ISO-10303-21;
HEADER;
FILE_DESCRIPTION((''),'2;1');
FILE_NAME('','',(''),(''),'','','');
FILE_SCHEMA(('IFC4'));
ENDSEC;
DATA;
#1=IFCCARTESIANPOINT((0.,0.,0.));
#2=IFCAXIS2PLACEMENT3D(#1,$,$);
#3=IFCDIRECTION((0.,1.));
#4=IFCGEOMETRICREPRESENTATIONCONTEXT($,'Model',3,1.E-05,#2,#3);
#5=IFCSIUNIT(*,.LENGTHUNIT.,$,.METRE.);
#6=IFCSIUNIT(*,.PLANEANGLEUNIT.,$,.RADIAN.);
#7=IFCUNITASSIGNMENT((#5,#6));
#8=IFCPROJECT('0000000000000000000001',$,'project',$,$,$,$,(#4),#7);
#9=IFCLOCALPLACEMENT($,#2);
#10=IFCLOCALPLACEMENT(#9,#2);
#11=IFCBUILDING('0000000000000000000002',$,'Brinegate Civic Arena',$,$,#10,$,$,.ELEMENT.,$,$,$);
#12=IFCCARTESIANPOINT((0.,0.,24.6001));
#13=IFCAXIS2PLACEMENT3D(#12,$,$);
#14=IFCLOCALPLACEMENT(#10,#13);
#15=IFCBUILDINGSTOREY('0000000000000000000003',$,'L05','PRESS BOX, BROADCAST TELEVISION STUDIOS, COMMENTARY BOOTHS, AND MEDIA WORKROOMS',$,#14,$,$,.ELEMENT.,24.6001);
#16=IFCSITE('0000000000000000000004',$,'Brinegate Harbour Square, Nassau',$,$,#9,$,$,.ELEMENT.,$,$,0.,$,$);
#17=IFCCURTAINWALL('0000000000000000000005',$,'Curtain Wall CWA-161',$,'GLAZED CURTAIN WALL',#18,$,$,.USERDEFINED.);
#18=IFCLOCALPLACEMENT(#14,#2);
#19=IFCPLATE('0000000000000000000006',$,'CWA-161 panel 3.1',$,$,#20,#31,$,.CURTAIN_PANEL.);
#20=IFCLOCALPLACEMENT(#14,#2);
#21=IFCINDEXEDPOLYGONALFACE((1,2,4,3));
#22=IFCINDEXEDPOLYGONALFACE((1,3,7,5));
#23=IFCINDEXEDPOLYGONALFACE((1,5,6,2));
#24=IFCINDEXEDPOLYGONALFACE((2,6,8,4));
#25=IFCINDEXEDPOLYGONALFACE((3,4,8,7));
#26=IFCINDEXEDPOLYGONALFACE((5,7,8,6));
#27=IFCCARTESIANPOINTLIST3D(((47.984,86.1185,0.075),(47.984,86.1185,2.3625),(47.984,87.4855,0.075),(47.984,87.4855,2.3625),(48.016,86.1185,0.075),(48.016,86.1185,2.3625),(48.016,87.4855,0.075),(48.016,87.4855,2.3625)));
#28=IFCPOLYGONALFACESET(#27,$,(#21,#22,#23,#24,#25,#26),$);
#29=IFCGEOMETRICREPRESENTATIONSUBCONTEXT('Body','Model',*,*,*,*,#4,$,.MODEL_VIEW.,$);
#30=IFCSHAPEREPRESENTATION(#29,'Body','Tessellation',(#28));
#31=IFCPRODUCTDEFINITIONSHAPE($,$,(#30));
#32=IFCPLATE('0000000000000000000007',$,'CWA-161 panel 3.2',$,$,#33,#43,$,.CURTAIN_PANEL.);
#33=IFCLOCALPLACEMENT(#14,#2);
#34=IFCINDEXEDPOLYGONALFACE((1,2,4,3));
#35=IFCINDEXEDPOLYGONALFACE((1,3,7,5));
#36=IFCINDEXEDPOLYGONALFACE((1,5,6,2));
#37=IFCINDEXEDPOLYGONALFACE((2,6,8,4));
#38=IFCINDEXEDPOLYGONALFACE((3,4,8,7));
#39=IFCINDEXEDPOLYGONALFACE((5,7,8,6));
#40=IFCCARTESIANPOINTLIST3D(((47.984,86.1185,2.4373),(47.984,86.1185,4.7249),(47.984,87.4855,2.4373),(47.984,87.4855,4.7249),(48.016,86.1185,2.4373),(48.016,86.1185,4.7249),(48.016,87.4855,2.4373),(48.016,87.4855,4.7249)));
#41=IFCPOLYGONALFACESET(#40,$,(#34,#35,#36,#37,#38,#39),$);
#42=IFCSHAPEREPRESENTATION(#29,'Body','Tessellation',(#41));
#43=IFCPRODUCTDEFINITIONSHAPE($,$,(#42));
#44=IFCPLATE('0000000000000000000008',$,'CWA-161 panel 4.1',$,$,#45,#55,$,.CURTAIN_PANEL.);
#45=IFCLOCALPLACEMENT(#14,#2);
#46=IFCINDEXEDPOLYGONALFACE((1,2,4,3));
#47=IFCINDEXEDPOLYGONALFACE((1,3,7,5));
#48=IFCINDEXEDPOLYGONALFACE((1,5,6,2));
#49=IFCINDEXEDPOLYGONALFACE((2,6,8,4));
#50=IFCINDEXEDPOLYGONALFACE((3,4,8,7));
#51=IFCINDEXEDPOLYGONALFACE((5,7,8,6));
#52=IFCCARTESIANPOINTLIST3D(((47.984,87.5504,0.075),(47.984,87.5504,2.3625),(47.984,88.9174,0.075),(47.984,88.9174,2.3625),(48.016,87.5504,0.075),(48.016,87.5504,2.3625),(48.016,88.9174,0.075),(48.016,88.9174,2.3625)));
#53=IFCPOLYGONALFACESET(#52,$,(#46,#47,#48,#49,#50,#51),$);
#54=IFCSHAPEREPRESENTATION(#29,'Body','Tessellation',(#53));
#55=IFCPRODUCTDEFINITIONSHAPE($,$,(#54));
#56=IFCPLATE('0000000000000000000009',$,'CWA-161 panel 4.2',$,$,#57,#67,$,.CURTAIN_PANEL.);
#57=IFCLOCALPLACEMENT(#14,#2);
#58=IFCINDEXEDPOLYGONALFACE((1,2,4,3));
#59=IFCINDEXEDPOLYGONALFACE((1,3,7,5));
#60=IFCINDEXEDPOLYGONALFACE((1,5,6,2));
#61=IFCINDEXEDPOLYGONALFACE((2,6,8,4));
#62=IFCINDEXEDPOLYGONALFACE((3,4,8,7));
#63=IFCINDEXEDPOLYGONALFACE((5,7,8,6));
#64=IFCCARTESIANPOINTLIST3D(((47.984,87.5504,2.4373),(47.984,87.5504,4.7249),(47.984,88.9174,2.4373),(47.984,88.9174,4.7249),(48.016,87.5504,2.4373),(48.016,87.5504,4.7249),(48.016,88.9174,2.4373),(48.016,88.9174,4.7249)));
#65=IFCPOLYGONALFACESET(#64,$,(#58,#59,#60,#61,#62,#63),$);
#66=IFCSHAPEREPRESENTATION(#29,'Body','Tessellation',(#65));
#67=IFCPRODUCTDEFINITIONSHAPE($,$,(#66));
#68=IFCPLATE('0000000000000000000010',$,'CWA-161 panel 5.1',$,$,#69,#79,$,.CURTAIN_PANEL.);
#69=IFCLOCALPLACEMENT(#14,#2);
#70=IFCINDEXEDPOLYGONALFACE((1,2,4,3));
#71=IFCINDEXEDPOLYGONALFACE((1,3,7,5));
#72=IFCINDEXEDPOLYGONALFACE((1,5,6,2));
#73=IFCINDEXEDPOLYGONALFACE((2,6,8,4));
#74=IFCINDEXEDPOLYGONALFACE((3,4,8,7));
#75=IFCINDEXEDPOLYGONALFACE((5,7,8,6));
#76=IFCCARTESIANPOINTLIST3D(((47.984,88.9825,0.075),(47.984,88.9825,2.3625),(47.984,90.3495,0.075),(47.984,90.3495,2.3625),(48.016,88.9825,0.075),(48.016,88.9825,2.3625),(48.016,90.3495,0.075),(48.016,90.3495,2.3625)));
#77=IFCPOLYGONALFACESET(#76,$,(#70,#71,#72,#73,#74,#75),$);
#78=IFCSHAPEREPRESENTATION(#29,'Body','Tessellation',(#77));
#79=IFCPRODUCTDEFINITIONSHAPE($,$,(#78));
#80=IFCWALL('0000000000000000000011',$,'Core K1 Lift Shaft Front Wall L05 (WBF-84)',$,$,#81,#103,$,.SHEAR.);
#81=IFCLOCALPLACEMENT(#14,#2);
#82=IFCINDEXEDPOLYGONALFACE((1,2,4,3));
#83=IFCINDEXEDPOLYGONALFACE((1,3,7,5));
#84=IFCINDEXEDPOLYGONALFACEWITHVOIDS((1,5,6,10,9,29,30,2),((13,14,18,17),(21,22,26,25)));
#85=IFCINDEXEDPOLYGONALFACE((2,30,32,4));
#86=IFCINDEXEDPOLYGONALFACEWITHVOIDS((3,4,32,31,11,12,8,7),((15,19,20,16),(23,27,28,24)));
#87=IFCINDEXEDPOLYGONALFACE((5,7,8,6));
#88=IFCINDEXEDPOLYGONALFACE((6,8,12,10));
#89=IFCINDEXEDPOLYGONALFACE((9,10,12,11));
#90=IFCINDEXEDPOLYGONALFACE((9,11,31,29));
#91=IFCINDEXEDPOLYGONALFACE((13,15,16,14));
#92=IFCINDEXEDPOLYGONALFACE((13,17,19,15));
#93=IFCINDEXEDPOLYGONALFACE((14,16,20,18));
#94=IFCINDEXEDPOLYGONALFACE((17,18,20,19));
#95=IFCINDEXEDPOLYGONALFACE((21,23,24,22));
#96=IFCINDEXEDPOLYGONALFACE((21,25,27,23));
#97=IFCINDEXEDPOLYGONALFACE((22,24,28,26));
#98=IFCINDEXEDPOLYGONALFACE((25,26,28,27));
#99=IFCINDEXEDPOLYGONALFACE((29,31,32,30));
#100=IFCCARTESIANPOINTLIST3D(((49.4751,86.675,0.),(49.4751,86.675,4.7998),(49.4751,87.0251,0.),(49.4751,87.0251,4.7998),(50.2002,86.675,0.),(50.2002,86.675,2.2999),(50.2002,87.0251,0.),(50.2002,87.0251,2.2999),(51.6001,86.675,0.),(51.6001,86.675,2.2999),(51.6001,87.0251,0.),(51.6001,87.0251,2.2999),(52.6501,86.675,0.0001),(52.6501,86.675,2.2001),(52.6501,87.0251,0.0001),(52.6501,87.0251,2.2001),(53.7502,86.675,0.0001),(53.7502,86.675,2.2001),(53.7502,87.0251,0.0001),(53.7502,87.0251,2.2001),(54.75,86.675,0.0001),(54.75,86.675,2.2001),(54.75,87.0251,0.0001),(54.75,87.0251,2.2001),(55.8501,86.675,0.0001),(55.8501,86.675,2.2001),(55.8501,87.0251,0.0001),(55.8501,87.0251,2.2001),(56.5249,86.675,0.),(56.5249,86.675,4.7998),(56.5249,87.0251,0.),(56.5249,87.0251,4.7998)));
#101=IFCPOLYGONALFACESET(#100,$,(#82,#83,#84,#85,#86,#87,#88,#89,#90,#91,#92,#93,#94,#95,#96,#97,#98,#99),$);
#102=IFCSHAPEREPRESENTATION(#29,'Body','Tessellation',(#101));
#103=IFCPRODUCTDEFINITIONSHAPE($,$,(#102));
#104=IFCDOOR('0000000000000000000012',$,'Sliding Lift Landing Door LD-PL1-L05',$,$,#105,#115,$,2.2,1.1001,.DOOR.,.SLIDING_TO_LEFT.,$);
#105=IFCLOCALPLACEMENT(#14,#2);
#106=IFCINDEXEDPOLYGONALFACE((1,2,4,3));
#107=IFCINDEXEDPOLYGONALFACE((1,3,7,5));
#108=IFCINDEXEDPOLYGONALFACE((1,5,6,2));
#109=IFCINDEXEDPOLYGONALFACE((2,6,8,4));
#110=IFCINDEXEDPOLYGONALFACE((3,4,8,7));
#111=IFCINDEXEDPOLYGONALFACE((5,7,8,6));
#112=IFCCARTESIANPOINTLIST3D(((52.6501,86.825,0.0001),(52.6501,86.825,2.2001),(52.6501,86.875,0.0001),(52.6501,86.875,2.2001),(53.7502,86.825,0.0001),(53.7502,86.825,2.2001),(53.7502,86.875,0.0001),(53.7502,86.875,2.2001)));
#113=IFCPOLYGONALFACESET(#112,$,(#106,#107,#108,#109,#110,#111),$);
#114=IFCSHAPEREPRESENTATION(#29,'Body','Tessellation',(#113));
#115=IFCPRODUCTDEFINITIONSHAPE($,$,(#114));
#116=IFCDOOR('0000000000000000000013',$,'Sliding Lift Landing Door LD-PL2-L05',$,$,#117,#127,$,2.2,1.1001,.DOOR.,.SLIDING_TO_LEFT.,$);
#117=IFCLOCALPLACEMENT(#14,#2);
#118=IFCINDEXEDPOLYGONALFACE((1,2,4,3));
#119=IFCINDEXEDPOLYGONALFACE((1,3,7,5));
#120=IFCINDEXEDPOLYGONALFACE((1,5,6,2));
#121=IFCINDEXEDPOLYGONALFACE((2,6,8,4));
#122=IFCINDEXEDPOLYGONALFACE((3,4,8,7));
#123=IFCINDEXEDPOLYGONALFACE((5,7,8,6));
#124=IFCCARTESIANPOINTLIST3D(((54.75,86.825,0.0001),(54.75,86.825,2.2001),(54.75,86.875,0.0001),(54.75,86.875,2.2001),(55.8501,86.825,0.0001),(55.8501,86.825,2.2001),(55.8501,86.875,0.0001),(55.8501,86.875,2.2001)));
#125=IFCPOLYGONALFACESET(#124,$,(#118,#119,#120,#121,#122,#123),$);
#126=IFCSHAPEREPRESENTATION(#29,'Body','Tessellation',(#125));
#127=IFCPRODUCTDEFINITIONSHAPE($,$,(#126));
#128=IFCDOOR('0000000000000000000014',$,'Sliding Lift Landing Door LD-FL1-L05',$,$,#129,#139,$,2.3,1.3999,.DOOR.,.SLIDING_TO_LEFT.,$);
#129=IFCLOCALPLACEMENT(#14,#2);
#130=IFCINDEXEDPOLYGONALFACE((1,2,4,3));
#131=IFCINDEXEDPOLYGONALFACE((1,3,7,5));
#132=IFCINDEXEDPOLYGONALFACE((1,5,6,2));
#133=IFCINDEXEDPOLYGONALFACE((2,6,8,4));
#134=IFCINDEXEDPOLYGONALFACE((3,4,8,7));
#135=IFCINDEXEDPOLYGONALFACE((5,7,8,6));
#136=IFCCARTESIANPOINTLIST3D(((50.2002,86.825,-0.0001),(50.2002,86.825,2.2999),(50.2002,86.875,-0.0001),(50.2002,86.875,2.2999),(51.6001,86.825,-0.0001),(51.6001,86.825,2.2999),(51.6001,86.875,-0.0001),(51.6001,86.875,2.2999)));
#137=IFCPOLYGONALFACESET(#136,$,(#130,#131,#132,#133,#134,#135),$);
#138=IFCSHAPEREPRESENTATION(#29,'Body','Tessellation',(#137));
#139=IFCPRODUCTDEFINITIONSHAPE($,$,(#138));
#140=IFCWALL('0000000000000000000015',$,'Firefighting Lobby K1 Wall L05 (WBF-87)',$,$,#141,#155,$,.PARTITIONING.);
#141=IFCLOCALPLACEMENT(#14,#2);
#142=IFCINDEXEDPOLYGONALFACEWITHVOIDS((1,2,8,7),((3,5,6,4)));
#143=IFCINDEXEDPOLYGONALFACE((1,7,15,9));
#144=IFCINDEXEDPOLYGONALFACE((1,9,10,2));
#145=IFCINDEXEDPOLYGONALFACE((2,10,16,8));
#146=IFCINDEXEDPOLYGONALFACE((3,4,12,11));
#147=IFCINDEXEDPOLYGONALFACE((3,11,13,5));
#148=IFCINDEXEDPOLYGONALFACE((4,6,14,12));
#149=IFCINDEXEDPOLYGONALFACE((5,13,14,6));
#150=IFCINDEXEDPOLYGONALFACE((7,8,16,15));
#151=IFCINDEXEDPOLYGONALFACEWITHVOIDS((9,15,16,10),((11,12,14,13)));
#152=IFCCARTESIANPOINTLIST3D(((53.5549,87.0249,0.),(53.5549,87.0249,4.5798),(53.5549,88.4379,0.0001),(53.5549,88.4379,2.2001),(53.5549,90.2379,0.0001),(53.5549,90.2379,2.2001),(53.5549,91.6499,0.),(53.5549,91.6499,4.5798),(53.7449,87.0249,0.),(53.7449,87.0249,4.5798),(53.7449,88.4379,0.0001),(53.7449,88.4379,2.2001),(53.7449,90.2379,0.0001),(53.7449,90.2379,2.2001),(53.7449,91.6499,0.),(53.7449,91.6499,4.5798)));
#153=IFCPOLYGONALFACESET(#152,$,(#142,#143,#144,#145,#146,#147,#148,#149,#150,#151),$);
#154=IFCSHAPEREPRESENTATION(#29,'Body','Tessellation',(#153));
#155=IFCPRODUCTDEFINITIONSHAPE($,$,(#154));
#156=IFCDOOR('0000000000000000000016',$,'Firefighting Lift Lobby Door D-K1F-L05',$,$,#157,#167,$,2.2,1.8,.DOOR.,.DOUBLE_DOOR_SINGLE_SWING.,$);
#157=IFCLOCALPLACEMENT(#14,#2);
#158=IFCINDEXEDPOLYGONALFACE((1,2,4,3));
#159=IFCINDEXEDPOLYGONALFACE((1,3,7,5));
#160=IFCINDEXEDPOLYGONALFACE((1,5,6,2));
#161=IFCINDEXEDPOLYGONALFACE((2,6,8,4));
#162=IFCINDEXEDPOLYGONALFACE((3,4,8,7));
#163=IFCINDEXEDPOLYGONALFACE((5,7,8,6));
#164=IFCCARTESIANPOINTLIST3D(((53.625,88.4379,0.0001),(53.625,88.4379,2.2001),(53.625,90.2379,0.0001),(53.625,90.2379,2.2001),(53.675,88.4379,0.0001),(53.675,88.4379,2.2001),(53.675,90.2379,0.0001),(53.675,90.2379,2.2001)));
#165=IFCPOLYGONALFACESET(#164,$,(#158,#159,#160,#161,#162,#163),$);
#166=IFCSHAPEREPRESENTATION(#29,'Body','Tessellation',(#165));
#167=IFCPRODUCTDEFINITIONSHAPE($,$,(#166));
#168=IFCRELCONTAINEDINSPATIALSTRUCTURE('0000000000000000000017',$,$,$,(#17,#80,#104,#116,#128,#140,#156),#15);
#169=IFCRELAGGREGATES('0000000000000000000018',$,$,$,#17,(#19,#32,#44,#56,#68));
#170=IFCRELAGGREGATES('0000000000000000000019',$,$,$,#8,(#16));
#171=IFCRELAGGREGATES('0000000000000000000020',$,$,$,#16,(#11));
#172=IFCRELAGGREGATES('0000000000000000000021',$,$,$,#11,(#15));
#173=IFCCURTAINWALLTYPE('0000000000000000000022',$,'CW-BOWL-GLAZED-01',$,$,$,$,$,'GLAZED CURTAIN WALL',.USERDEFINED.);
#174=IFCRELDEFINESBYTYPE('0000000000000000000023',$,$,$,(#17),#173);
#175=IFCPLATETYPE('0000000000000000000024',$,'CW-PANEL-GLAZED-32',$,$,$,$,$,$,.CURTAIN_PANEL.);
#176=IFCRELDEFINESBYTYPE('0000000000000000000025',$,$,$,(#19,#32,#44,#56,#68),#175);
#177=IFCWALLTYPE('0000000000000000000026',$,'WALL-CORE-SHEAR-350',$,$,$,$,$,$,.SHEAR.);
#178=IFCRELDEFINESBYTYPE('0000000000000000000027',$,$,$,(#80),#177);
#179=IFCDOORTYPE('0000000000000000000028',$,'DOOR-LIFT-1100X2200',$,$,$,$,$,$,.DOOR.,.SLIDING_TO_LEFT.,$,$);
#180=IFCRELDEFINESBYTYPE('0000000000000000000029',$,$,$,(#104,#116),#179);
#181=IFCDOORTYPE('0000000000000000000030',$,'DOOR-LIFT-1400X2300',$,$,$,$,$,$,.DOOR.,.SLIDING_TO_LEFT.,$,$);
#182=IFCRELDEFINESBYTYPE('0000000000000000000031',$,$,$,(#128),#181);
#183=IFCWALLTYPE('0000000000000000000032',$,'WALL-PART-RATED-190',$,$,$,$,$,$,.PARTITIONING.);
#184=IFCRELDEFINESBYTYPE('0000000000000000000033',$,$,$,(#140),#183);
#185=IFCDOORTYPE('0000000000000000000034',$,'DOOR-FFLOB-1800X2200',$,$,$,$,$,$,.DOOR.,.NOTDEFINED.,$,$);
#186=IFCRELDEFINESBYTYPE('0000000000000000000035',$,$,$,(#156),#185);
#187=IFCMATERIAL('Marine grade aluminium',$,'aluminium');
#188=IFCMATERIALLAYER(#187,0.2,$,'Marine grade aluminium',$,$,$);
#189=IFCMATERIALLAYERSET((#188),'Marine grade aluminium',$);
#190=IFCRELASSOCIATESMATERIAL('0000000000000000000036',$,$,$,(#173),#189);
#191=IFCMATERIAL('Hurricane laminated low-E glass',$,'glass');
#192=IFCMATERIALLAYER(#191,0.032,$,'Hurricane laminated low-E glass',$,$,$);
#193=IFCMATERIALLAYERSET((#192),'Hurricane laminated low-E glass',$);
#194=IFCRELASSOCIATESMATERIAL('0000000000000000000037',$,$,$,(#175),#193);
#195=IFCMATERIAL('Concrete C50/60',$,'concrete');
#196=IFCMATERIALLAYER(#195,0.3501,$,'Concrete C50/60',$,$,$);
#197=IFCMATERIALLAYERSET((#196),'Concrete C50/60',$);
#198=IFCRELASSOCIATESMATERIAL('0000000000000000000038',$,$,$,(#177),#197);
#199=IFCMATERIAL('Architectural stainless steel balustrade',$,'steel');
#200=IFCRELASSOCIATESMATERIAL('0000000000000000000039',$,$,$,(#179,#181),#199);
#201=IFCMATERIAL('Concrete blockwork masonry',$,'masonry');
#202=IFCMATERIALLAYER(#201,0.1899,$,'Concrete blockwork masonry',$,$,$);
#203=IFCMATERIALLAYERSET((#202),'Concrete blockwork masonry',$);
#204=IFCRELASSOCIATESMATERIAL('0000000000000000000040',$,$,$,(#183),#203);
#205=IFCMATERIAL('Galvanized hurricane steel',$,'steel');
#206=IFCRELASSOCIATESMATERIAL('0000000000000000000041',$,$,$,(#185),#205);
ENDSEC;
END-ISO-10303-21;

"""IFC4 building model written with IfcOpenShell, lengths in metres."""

from ifc_helpers import new_model, si_unit, direction, frame, frame_2d, origin, origin_2d, place, context, subcontext, project, spatial, rectangle, extrude, material, layer, layer_set, type_object, element, fill, aggregate, save


model = new_model("IFC4")

# Units and contexts
model_context = context("Model", 3, precision=1e-05, world=origin(), true_north=direction((0.0, 1.0)))
body_context = subcontext(model_context, "Body", "Model", "MODEL_VIEW")
ifc_project = project(units=[si_unit("LENGTHUNIT", "METRE"), si_unit("PLANEANGLEUNIT", "RADIAN")], contexts=[model_context])

# Site, building, storey
site_placement = place(None, origin())
site = spatial("IfcSite", under=ifc_project, at=site_placement, Name="Brinegate Harbour Square, Nassau", CompositionType="ELEMENT", RefElevation=0.0)
building_placement = place(site_placement, origin())
building = spatial("IfcBuilding", under=site, at=building_placement, Name="Brinegate Civic Arena", CompositionType="ELEMENT")
storey_placement = place(building_placement, frame((0.0, 0.0, 24.6001)))
storey = spatial("IfcBuildingStorey", under=building, at=storey_placement, Name="L05", Description="PRESS BOX, BROADCAST TELEVISION STUDIOS, COMMENTARY BOOTHS, AND MEDIA WORKROOMS", CompositionType="ELEMENT", Elevation=24.6001)

# Curtain wall, plates
ifc_material_1 = material(Name="Marine grade aluminium", Category="aluminium")
ifc_layer_1 = layer(ifc_material_1, 0.2, Name="Marine grade aluminium")
ifc_layer_set_1 = layer_set([ifc_layer_1], Name="Marine grade aluminium")
curtain_wall_type = type_object("IfcCurtainWallType", Name="CW-BOWL-GLAZED-01", ElementType="GLAZED CURTAIN WALL", PredefinedType="USERDEFINED", material=ifc_layer_set_1)
curtain_wall_placement = place(storey_placement, origin())
curtain_wall = element("IfcCurtainWall", 1, at=curtain_wall_placement, inside=storey, type_object=curtain_wall_type, Name="Curtain Wall CWA-161", ObjectType="GLAZED CURTAIN WALL", PredefinedType="USERDEFINED")
ifc_material_2 = material(Name="Hurricane laminated low-E glass", Category="glass")
ifc_layer_2 = layer(ifc_material_2, 0.032, Name="Hurricane laminated low-E glass")
ifc_layer_set_2 = layer_set([ifc_layer_2], Name="Hurricane laminated low-E glass")
plate_type = type_object("IfcPlateType", Name="CW-PANEL-GLAZED-32", PredefinedType="CURTAIN_PANEL", material=ifc_layer_set_2)
plate_1_placement = place(storey_placement, frame((48.0, 86.802, 0.075), z_axis=(0.0, 0.0, 1.0), x_axis=(0.0, 1.0, 0.0)))
plate_1 = element("IfcPlate", 2, at=plate_1_placement, type_object=plate_type, Name="CWA-161 panel 3.1", PredefinedType="CURTAIN_PANEL", context=body_context, shape_type="SweptSolid", body=[
    extrude(rectangle(XDim=1.3669, YDim=0.032, at=origin_2d()), origin(), (0.0, 0.0, 1.0), 2.2876),
])
plate_2_placement = place(storey_placement, frame((48.0, 86.802, 2.4373), z_axis=(0.0, 0.0, 1.0), x_axis=(0.0, 1.0, 0.0)))
plate_2 = element("IfcPlate", 3, at=plate_2_placement, type_object=plate_type, Name="CWA-161 panel 3.2", PredefinedType="CURTAIN_PANEL", context=body_context, shape_type="SweptSolid", body=[
    extrude(rectangle(XDim=1.3669, YDim=0.032, at=origin_2d()), origin(), (0.0, 0.0, 1.0), 2.2876),
])
plate_3_placement = place(storey_placement, frame((48.0, 88.2339, 0.075), z_axis=(0.0, 0.0, 1.0), x_axis=(0.0, 1.0, 0.0)))
plate_3 = element("IfcPlate", 4, at=plate_3_placement, type_object=plate_type, Name="CWA-161 panel 4.1", PredefinedType="CURTAIN_PANEL", context=body_context, shape_type="SweptSolid", body=[
    extrude(rectangle(XDim=1.3669, YDim=0.032, at=origin_2d()), origin(), (0.0, 0.0, 1.0), 2.2876),
])
plate_4_placement = place(storey_placement, frame((48.0, 88.2339, 2.4373), z_axis=(0.0, 0.0, 1.0), x_axis=(0.0, 1.0, 0.0)))
plate_4 = element("IfcPlate", 5, at=plate_4_placement, type_object=plate_type, Name="CWA-161 panel 4.2", PredefinedType="CURTAIN_PANEL", context=body_context, shape_type="SweptSolid", body=[
    extrude(rectangle(XDim=1.3669, YDim=0.032, at=origin_2d()), origin(), (0.0, 0.0, 1.0), 2.2876),
])
plate_5_placement = place(storey_placement, frame((48.0, 89.666, 0.075), z_axis=(0.0, 0.0, 1.0), x_axis=(0.0, 1.0, 0.0)))
plate_5 = element("IfcPlate", 6, at=plate_5_placement, type_object=plate_type, Name="CWA-161 panel 5.1", PredefinedType="CURTAIN_PANEL", context=body_context, shape_type="SweptSolid", body=[
    extrude(rectangle(XDim=1.3669, YDim=0.032, at=origin_2d()), origin(), (0.0, 0.0, 1.0), 2.2876),
])
aggregate(curtain_wall, [plate_1, plate_2, plate_3, plate_4, plate_5])

# Wall, openings, doors
ifc_material_3 = material(Name="Concrete C50/60", Category="concrete")
ifc_layer_3 = layer(ifc_material_3, 0.3501, Name="Concrete C50/60")
ifc_layer_set_3 = layer_set([ifc_layer_3], Name="Concrete C50/60")
wall_type_1 = type_object("IfcWallType", Name="WALL-CORE-SHEAR-350", PredefinedType="SHEAR", material=ifc_layer_set_3)
wall_1_placement = place(storey_placement, frame((49.4751, 86.8501, 0.0), z_axis=(0.0, 0.0, 1.0), x_axis=(1.0, 0.0, 0.0)))
wall_1 = element("IfcWall", 7, at=wall_1_placement, inside=storey, type_object=wall_type_1, Name="Core K1 Lift Shaft Front Wall L05 (WBF-84)", PredefinedType="SHEAR", context=body_context, shape_type="SweptSolid", body=[
    extrude(rectangle(XDim=7.0498, YDim=0.3501, at=frame_2d((3.5249, 0.0))), origin(), (0.0, 0.0, 1.0), 4.7998),
])
opening_1_placement = place(wall_1_placement, frame((0.7251, 0.0, 0.0)))
opening_1 = element("IfcOpeningElement", 8, at=opening_1_placement, cuts=wall_1, PredefinedType="OPENING", context=body_context, shape_type="SweptSolid", body=[
    extrude(rectangle(XDim=1.3999, YDim=2.3, at=frame_2d((0.7, 1.1499))), frame((0.0, 0.1851, 0.0), z_axis=(0.0, -1.0, 0.0), x_axis=(1.0, 0.0, 0.0)), (0.0, 0.0, 1.0), 0.3701),
])
opening_2_placement = place(wall_1_placement, frame((3.175, 0.0, 0.0)))
opening_2 = element("IfcOpeningElement", 9, at=opening_2_placement, cuts=wall_1, PredefinedType="OPENING", context=body_context, shape_type="SweptSolid", body=[
    extrude(rectangle(XDim=1.1001, YDim=2.2, at=frame_2d((0.55, 1.1001))), frame((0.0, 0.1851, 0.0), z_axis=(0.0, -1.0, 0.0), x_axis=(1.0, 0.0, 0.0)), (0.0, 0.0, 1.0), 0.3701),
])
opening_3_placement = place(wall_1_placement, frame((5.2749, 0.0, 0.0)))
opening_3 = element("IfcOpeningElement", 10, at=opening_3_placement, cuts=wall_1, PredefinedType="OPENING", context=body_context, shape_type="SweptSolid", body=[
    extrude(rectangle(XDim=1.1001, YDim=2.2, at=frame_2d((0.55, 1.1001))), frame((0.0, 0.1851, 0.0), z_axis=(0.0, -1.0, 0.0), x_axis=(1.0, 0.0, 0.0)), (0.0, 0.0, 1.0), 0.3701),
])
ifc_material_4 = material(Name="Architectural stainless steel balustrade", Category="steel")
door_type_1 = type_object("IfcDoorType", Name="DOOR-LIFT-1100X2200", OperationType="SLIDING_TO_LEFT", PredefinedType="DOOR", material=ifc_material_4)
door_1_placement = place(opening_2_placement, origin())
door_1 = element("IfcDoor", 11, at=door_1_placement, inside=storey, type_object=door_type_1, Name="Sliding Lift Landing Door LD-PL1-L05", OperationType="SLIDING_TO_LEFT", OverallHeight=2.2, OverallWidth=1.1001, PredefinedType="DOOR", context=body_context, shape_type="SweptSolid", body=[
    extrude(rectangle(XDim=1.1001, YDim=2.2, at=frame_2d((0.55, 1.1001))), frame((0.0, 0.0249, 0.0), z_axis=(0.0, -1.0, 0.0), x_axis=(1.0, 0.0, 0.0)), (0.0, 0.0, 1.0), 0.05),
])
fill(opening_2, door_1)
door_2_placement = place(opening_3_placement, origin())
door_2 = element("IfcDoor", 12, at=door_2_placement, inside=storey, type_object=door_type_1, Name="Sliding Lift Landing Door LD-PL2-L05", OperationType="SLIDING_TO_LEFT", OverallHeight=2.2, OverallWidth=1.1001, PredefinedType="DOOR", context=body_context, shape_type="SweptSolid", body=[
    extrude(rectangle(XDim=1.1001, YDim=2.2, at=frame_2d((0.55, 1.1001))), frame((0.0, 0.0249, 0.0), z_axis=(0.0, -1.0, 0.0), x_axis=(1.0, 0.0, 0.0)), (0.0, 0.0, 1.0), 0.05),
])
fill(opening_3, door_2)
door_type_2 = type_object("IfcDoorType", Name="DOOR-LIFT-1400X2300", OperationType="SLIDING_TO_LEFT", PredefinedType="DOOR", material=ifc_material_4)
door_3_placement = place(opening_1_placement, origin())
door_3 = element("IfcDoor", 13, at=door_3_placement, inside=storey, type_object=door_type_2, Name="Sliding Lift Landing Door LD-FL1-L05", OperationType="SLIDING_TO_LEFT", OverallHeight=2.3, OverallWidth=1.3999, PredefinedType="DOOR", context=body_context, shape_type="SweptSolid", body=[
    extrude(rectangle(XDim=1.3999, YDim=2.3, at=frame_2d((0.7, 1.1499))), frame((0.0, 0.0249, 0.0), z_axis=(0.0, -1.0, 0.0), x_axis=(1.0, 0.0, 0.0)), (0.0, 0.0, 1.0), 0.05),
])
fill(opening_1, door_3)

# Wall, opening, door
ifc_material_5 = material(Name="Concrete blockwork masonry", Category="masonry")
ifc_layer_4 = layer(ifc_material_5, 0.1899, Name="Concrete blockwork masonry")
ifc_layer_set_4 = layer_set([ifc_layer_4], Name="Concrete blockwork masonry")
wall_type_2 = type_object("IfcWallType", Name="WALL-PART-RATED-190", PredefinedType="PARTITIONING", material=ifc_layer_set_4)
wall_2_placement = place(storey_placement, frame((53.6499, 87.0249, 0.0), z_axis=(0.0, 0.0, 1.0), x_axis=(0.0, 1.0, 0.0)))
wall_2 = element("IfcWall", 14, at=wall_2_placement, inside=storey, type_object=wall_type_2, Name="Firefighting Lobby K1 Wall L05 (WBF-87)", PredefinedType="PARTITIONING", context=body_context, shape_type="SweptSolid", body=[
    extrude(rectangle(XDim=4.625, YDim=0.1899, at=frame_2d((2.3125, 0.0))), origin(), (0.0, 0.0, 1.0), 4.5798),
])
opening_4_placement = place(wall_2_placement, frame((1.4131, 0.0, 0.0)))
opening_4 = element("IfcOpeningElement", 15, at=opening_4_placement, cuts=wall_2, PredefinedType="OPENING", context=body_context, shape_type="SweptSolid", body=[
    extrude(rectangle(XDim=1.8, YDim=2.2, at=frame_2d((0.8999, 1.1001))), frame((0.0, 0.105, 0.0), z_axis=(0.0, -1.0, 0.0), x_axis=(1.0, 0.0, 0.0)), (0.0, 0.0, 1.0), 0.21),
])
ifc_material_6 = material(Name="Galvanized hurricane steel", Category="steel")
door_type_3 = type_object("IfcDoorType", Name="DOOR-FFLOB-1800X2200", OperationType="NOTDEFINED", PredefinedType="DOOR", material=ifc_material_6)
door_4_placement = place(opening_4_placement, origin())
door_4 = element("IfcDoor", 16, at=door_4_placement, inside=storey, type_object=door_type_3, Name="Firefighting Lift Lobby Door D-K1F-L05", OperationType="DOUBLE_DOOR_SINGLE_SWING", OverallHeight=2.2, OverallWidth=1.8, PredefinedType="DOOR", context=body_context, shape_type="SweptSolid", body=[
    extrude(rectangle(XDim=1.8, YDim=2.2, at=frame_2d((0.8999, 1.1001))), frame((0.0, 0.0249, 0.0), z_axis=(0.0, -1.0, 0.0), x_axis=(1.0, 0.0, 0.0)), (0.0, 0.0, 1.0), 0.05),
])
fill(opening_4, door_4)

save(model, "model.ifc")
